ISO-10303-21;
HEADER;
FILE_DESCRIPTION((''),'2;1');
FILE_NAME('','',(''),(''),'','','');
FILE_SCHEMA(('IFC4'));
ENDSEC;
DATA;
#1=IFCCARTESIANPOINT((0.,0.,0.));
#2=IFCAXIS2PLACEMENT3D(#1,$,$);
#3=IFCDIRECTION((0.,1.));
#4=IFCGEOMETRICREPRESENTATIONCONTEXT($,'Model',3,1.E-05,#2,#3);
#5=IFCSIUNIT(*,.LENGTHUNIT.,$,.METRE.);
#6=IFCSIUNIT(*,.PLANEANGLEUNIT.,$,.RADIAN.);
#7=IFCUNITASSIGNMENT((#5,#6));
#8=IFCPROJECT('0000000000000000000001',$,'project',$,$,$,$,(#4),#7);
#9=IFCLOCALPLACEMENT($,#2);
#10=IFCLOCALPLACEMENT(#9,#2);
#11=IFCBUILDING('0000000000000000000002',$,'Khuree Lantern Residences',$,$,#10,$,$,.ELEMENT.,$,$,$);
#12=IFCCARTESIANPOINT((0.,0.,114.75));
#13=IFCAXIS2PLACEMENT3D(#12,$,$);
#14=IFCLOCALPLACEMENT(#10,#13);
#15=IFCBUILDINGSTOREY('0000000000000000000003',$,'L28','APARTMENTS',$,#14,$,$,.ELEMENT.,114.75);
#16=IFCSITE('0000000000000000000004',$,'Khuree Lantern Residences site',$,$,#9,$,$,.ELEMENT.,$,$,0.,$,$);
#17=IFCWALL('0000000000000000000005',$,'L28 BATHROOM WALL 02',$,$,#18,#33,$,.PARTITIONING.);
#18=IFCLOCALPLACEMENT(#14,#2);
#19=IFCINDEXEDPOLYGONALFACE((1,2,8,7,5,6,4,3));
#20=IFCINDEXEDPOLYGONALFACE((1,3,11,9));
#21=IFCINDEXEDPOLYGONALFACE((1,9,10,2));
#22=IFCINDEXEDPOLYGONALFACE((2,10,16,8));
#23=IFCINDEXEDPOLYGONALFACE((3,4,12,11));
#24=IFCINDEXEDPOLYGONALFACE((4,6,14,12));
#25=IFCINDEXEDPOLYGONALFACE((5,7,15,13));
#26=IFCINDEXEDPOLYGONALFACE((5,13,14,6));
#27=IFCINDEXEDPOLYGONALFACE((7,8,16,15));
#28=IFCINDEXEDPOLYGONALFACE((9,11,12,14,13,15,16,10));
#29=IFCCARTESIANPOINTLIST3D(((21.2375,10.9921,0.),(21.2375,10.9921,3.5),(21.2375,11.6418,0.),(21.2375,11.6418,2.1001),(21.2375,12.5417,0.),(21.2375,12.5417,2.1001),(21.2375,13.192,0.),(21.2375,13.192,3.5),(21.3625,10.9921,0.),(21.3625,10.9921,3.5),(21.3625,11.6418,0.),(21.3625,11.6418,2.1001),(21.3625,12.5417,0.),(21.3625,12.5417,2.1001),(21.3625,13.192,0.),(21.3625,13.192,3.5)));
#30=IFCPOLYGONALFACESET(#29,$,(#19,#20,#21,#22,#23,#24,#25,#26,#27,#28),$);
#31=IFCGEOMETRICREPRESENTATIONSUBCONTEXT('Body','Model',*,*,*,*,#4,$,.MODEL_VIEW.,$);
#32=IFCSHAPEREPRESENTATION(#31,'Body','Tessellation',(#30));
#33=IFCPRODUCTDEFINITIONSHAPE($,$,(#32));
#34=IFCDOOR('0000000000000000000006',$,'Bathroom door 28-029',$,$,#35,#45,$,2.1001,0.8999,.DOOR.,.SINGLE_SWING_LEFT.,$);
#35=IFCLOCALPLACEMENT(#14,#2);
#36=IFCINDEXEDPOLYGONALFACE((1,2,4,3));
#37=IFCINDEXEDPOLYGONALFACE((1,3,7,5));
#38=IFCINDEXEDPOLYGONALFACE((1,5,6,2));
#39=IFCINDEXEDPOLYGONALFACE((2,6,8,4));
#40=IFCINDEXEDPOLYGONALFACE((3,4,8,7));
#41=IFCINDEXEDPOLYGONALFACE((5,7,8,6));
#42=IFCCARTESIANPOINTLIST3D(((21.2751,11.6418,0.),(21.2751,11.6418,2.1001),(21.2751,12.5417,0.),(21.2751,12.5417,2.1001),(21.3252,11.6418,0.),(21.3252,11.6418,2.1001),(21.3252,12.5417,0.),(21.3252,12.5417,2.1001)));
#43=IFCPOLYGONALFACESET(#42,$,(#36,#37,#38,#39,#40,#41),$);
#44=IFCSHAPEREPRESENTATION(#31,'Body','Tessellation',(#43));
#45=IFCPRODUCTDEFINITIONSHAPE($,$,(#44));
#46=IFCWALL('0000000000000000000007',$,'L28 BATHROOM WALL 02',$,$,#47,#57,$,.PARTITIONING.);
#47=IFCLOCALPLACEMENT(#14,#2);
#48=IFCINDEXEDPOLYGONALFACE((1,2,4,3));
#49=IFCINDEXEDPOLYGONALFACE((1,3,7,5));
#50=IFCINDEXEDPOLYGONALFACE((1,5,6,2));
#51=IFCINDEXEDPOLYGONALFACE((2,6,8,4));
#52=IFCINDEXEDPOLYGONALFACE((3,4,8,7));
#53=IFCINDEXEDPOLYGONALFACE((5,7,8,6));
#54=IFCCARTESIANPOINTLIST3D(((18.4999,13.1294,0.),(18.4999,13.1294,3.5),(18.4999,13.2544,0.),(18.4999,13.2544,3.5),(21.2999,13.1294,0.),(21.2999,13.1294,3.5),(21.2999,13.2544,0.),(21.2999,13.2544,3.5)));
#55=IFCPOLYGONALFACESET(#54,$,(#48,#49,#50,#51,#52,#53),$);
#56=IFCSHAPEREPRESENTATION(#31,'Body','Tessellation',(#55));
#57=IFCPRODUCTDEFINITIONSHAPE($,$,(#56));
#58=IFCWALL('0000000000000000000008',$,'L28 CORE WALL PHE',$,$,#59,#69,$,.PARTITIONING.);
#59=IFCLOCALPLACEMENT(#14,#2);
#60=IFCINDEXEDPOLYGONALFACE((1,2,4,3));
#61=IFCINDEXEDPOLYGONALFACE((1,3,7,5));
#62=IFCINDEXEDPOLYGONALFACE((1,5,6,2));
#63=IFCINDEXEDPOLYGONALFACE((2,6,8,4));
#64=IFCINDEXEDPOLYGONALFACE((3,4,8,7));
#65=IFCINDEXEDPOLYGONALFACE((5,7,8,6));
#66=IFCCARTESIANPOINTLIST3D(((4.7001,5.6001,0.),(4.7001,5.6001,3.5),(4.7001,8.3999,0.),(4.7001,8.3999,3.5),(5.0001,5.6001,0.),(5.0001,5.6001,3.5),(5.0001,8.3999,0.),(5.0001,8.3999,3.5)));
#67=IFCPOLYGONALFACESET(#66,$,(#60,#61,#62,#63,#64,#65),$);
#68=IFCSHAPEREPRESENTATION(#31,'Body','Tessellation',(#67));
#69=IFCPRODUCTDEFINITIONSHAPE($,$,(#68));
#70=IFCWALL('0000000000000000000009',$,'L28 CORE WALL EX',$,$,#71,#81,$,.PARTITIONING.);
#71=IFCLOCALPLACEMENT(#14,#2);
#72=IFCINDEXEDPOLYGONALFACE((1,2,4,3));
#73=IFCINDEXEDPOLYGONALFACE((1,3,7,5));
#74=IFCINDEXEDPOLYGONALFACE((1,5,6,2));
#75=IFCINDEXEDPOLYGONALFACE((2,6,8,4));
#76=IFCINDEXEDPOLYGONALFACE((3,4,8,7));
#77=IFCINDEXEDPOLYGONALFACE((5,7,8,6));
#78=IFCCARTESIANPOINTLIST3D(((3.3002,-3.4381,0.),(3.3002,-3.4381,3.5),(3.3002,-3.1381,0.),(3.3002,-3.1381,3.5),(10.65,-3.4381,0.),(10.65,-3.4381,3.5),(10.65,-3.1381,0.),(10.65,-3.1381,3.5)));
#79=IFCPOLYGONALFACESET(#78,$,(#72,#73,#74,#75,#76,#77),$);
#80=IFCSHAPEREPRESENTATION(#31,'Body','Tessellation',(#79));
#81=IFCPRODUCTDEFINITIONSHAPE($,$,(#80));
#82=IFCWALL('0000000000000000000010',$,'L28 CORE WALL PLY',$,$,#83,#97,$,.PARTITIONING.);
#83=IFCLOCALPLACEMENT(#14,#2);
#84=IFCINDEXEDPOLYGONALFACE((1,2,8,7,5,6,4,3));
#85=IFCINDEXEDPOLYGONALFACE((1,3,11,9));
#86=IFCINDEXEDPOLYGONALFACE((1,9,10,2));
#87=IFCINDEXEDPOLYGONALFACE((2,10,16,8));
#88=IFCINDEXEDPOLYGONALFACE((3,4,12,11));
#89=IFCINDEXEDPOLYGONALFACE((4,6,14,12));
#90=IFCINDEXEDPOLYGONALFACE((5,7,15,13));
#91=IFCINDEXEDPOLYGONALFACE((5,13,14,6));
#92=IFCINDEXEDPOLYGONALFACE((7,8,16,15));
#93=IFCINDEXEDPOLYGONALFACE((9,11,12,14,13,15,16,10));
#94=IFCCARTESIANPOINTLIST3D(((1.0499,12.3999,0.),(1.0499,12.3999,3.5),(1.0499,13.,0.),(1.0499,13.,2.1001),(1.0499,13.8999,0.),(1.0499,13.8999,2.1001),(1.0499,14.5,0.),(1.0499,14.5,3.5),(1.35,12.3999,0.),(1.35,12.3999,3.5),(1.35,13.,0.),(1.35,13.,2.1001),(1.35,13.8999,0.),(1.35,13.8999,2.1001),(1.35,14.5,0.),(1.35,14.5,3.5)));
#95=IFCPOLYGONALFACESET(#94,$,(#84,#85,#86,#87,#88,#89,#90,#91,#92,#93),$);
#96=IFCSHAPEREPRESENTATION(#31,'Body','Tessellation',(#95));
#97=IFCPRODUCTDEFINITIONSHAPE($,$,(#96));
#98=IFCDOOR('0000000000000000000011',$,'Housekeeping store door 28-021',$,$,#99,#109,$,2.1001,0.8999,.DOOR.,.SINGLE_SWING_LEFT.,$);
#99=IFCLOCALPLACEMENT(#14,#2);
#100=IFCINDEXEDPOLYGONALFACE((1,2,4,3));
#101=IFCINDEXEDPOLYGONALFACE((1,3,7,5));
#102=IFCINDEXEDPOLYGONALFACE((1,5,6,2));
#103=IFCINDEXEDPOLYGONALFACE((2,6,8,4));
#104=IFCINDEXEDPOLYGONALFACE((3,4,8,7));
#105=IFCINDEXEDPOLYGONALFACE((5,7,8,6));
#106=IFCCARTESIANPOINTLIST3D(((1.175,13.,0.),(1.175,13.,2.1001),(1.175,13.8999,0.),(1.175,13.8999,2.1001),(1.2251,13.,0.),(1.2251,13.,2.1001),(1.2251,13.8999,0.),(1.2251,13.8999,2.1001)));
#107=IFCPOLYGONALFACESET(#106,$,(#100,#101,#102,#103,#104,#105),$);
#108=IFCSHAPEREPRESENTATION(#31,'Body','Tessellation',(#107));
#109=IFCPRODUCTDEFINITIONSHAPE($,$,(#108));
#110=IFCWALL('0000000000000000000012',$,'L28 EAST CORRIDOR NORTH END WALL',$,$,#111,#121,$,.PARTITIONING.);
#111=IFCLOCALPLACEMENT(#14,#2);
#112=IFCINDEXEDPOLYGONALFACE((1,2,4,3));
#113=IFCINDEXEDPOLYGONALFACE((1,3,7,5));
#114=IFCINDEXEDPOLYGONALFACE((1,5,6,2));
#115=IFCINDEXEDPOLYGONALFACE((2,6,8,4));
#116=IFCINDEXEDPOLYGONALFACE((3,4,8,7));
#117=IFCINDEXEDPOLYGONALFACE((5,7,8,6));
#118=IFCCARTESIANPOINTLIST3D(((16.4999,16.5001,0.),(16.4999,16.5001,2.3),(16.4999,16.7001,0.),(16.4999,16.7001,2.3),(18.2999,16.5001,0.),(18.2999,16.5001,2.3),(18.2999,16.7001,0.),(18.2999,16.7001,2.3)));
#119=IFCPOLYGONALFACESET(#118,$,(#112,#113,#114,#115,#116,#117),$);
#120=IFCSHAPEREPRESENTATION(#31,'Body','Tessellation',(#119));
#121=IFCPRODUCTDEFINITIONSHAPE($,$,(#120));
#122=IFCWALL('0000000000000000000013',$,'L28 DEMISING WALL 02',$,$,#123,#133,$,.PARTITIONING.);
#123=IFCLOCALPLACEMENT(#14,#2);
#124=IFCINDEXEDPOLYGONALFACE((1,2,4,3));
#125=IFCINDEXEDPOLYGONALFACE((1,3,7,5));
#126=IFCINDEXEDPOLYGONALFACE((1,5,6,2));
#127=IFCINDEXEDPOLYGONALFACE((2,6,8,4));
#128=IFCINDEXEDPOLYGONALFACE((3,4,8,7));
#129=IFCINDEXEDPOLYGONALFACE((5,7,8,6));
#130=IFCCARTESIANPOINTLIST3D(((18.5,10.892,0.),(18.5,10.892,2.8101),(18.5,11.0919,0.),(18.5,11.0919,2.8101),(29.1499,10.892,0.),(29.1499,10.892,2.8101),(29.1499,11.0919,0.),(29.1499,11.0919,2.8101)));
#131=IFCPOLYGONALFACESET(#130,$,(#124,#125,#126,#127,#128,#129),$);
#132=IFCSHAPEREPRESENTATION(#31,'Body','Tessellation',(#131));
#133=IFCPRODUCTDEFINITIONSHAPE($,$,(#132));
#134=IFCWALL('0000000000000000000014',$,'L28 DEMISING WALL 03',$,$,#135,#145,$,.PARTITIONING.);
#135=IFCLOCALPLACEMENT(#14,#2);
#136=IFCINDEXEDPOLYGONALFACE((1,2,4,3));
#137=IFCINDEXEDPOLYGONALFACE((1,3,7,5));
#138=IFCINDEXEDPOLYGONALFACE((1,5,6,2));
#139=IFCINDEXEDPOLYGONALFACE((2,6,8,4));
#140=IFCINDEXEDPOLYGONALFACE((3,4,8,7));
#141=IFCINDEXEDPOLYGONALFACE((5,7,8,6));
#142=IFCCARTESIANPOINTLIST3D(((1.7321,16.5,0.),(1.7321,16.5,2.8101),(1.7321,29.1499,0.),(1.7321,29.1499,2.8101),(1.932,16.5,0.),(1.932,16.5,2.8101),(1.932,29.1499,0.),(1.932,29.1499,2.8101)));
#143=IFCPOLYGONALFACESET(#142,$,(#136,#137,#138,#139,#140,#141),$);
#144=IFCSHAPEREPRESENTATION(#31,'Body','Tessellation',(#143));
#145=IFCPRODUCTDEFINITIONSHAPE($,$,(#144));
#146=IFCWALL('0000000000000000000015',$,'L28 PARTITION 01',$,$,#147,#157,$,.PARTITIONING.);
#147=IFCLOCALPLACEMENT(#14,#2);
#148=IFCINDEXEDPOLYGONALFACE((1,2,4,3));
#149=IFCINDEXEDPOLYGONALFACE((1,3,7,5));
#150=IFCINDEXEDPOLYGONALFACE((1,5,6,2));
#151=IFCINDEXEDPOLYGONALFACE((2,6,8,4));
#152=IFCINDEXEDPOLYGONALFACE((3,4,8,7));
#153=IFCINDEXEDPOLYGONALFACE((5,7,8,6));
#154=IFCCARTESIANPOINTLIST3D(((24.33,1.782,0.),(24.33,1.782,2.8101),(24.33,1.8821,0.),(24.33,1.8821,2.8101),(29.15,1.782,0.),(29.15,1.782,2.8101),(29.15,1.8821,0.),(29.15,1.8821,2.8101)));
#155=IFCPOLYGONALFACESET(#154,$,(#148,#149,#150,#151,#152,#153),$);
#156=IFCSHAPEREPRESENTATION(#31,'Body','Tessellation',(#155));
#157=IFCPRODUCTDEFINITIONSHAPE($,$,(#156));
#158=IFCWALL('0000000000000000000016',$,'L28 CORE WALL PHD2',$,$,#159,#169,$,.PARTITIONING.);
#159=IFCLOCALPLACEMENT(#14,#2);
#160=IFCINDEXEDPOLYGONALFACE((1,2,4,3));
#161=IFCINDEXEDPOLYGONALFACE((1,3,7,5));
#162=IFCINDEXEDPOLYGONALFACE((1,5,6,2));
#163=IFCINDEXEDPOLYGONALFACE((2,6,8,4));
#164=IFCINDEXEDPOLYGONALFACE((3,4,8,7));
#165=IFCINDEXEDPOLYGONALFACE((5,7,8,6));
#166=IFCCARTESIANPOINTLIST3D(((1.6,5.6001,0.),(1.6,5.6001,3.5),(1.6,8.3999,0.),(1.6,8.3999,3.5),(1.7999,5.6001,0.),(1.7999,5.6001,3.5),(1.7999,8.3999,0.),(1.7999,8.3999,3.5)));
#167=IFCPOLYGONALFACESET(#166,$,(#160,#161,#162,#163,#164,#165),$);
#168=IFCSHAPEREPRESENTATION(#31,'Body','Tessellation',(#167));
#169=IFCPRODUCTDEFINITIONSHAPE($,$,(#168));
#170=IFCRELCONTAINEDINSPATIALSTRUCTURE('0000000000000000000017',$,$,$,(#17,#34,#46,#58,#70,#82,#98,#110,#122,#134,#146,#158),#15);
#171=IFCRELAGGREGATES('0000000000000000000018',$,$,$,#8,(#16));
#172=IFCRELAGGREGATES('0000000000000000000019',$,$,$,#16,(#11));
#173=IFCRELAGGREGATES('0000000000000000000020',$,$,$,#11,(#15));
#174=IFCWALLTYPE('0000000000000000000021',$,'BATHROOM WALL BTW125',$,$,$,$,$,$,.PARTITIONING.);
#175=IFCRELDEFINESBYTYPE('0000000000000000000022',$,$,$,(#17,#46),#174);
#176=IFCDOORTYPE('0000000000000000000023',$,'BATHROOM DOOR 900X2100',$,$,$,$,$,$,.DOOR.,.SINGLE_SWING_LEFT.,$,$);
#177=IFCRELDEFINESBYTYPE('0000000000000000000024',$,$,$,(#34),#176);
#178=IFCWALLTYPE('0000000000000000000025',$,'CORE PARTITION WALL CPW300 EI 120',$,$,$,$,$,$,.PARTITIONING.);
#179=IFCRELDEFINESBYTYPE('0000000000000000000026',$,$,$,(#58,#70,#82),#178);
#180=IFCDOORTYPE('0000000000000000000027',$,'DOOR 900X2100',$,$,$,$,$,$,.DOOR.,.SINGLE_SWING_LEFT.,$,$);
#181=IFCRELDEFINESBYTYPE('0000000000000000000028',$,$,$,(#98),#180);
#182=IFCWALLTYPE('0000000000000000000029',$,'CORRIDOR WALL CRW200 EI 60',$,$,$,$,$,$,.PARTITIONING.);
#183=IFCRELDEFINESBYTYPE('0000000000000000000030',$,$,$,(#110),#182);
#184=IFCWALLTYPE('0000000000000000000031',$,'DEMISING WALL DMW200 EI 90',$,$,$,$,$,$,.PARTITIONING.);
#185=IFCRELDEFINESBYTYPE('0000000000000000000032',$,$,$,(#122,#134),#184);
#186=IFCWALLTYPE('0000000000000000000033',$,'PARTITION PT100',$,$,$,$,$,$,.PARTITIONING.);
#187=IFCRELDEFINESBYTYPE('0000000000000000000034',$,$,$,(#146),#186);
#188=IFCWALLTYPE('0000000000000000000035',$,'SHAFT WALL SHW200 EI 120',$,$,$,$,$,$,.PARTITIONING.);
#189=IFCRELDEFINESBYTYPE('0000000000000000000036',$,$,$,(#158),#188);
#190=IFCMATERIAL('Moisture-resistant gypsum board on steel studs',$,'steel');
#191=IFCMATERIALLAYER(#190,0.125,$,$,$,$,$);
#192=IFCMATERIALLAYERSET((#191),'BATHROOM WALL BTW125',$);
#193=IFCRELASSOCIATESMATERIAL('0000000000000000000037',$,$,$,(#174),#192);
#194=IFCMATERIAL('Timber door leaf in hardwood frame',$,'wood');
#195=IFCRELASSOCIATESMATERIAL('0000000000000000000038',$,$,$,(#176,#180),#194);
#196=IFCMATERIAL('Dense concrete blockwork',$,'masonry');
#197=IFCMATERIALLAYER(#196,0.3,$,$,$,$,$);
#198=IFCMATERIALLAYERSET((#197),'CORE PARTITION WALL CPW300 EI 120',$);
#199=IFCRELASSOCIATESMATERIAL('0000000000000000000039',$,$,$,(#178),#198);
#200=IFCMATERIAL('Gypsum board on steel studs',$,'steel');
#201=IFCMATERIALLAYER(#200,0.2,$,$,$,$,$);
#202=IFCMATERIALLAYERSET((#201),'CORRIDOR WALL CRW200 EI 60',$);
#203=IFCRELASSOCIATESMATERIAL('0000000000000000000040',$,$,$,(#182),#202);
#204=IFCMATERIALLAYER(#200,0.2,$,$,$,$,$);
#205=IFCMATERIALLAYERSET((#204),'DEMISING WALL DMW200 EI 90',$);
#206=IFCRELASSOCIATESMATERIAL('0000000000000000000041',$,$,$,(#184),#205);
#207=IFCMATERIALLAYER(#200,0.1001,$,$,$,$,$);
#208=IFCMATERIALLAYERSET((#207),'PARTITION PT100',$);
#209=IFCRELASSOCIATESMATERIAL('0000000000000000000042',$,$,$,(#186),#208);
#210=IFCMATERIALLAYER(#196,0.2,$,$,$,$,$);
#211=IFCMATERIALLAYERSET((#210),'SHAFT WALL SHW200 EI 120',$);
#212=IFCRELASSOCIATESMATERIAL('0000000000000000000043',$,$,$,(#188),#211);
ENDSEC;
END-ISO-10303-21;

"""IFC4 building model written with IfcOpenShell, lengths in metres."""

from ifc_helpers import new_model, si_unit, direction, frame, frame_2d, origin, place, context, subcontext, project, spatial, rectangle, extrude, material, layer, layer_set, type_object, element, fill, save


model = new_model("IFC4")

# Units and contexts
model_context = context("Model", 3, precision=1e-05, world=origin(), true_north=direction((0.0, 1.0)))
body_context = subcontext(model_context, "Body", "Model", "MODEL_VIEW")
ifc_project = project(units=[si_unit("LENGTHUNIT", "METRE"), si_unit("PLANEANGLEUNIT", "RADIAN")], contexts=[model_context])

# Site, building, storey
site_placement = place(None, origin())
site = spatial("IfcSite", under=ifc_project, at=site_placement, Name="Khuree Lantern Residences site", CompositionType="ELEMENT", RefElevation=0.0)
building_placement = place(site_placement, origin())
building = spatial("IfcBuilding", under=site, at=building_placement, Name="Khuree Lantern Residences", CompositionType="ELEMENT")
storey_placement = place(building_placement, frame((0.0, 0.0, 114.75)))
storey = spatial("IfcBuildingStorey", under=building, at=storey_placement, Name="L28", Description="APARTMENTS", CompositionType="ELEMENT", Elevation=114.75)

# Wall, opening, door
ifc_material_1 = material(Name="Moisture-resistant gypsum board on steel studs", Category="steel")
ifc_layer_1 = layer(ifc_material_1, 0.125)
ifc_layer_set_1 = layer_set([ifc_layer_1], Name="BATHROOM WALL BTW125")
wall_type_1 = type_object("IfcWallType", Name="BATHROOM WALL BTW125", PredefinedType="PARTITIONING", material=ifc_layer_set_1)
wall_1_placement = place(storey_placement, frame((21.3, 10.9919, 0.0), z_axis=(0.0, 0.0, 1.0), x_axis=(0.0, 1.0, 0.0)))
wall_1 = element("IfcWall", 1, at=wall_1_placement, inside=storey, type_object=wall_type_1, Name="L28 BATHROOM WALL 02", PredefinedType="PARTITIONING", context=body_context, shape_type="SweptSolid", body=[
    extrude(rectangle(XDim=2.2, YDim=0.125, at=frame_2d((1.1001, 0.0))), origin(), (0.0, 0.0, 1.0), 3.5),
])
opening_1_placement = place(wall_1_placement, frame((0.6499, 0.0, 0.0)))
opening_1 = element("IfcOpeningElement", 2, at=opening_1_placement, cuts=wall_1, PredefinedType="OPENING", context=body_context, shape_type="SweptSolid", body=[
    extrude(rectangle(XDim=0.8999, YDim=2.1001, at=frame_2d((0.45, 1.05))), frame((0.0, 0.0725, 0.0), z_axis=(0.0, -1.0, 0.0), x_axis=(1.0, 0.0, 0.0)), (0.0, 0.0, 1.0), 0.145),
])
ifc_material_2 = material(Name="Timber door leaf in hardwood frame", Category="wood")
door_type_1 = type_object("IfcDoorType", Name="BATHROOM DOOR 900X2100", OperationType="SINGLE_SWING_LEFT", PredefinedType="DOOR", material=ifc_material_2)
door_1_placement = place(opening_1_placement, origin())
door_1 = element("IfcDoor", 3, at=door_1_placement, inside=storey, type_object=door_type_1, Name="Bathroom door 28-029", OperationType="SINGLE_SWING_LEFT", OverallHeight=2.1001, OverallWidth=0.8999, PredefinedType="DOOR", context=body_context, shape_type="SweptSolid", body=[
    extrude(rectangle(XDim=0.8999, YDim=2.1001, at=frame_2d((0.45, 1.05))), frame((0.0, 0.0249, 0.0), z_axis=(0.0, -1.0, 0.0), x_axis=(1.0, 0.0, 0.0)), (0.0, 0.0, 1.0), 0.05),
])
fill(opening_1, door_1)

# Walls
wall_2_placement = place(storey_placement, frame((18.5, 13.1919, 0.0), z_axis=(0.0, 0.0, 1.0), x_axis=(1.0, 0.0, 0.0)))
element("IfcWall", 4, at=wall_2_placement, inside=storey, type_object=wall_type_1, Name="L28 BATHROOM WALL 02", PredefinedType="PARTITIONING", context=body_context, shape_type="SweptSolid", body=[
    extrude(rectangle(XDim=2.8, YDim=0.125, at=frame_2d((1.3999, 0.0))), origin(), (0.0, 0.0, 1.0), 3.5),
])
ifc_material_3 = material(Name="Dense concrete blockwork", Category="masonry")
ifc_layer_2 = layer(ifc_material_3, 0.3)
ifc_layer_set_2 = layer_set([ifc_layer_2], Name="CORE PARTITION WALL CPW300 EI 120")
wall_type_2 = type_object("IfcWallType", Name="CORE PARTITION WALL CPW300 EI 120", PredefinedType="PARTITIONING", material=ifc_layer_set_2)
wall_3_placement = place(storey_placement, frame((4.8501, 5.6001, 0.0), z_axis=(0.0, 0.0, 1.0), x_axis=(0.0, 1.0, 0.0)))
element("IfcWall", 5, at=wall_3_placement, inside=storey, type_object=wall_type_2, Name="L28 CORE WALL PHE", PredefinedType="PARTITIONING", context=body_context, shape_type="SweptSolid", body=[
    extrude(rectangle(XDim=2.7998, YDim=0.3, at=frame_2d((1.3999, 0.0))), origin(), (0.0, 0.0, 1.0), 3.5),
])
wall_4_placement = place(storey_placement, frame((10.6499, -3.2881, 0.0), z_axis=(0.0, 0.0, 1.0), x_axis=(-1.0, 0.0, 0.0)))
element("IfcWall", 6, at=wall_4_placement, inside=storey, type_object=wall_type_2, Name="L28 CORE WALL EX", PredefinedType="PARTITIONING", context=body_context, shape_type="SweptSolid", body=[
    extrude(rectangle(XDim=7.3499, YDim=0.3, at=frame_2d((3.6748, 0.0))), origin(), (0.0, 0.0, 1.0), 3.5),
])

# Wall, opening, door
wall_5_placement = place(storey_placement, frame((1.2, 12.3999, 0.0), z_axis=(0.0, 0.0, 1.0), x_axis=(0.0, 1.0, 0.0)))
wall_5 = element("IfcWall", 7, at=wall_5_placement, inside=storey, type_object=wall_type_2, Name="L28 CORE WALL PLY", PredefinedType="PARTITIONING", context=body_context, shape_type="SweptSolid", body=[
    extrude(rectangle(XDim=2.1001, YDim=0.3, at=frame_2d((1.05, 0.0))), origin(), (0.0, 0.0, 1.0), 3.5),
])
opening_2_placement = place(wall_5_placement, frame((0.6001, 0.0, 0.0)))
opening_2 = element("IfcOpeningElement", 8, at=opening_2_placement, cuts=wall_5, PredefinedType="OPENING", context=body_context, shape_type="SweptSolid", body=[
    extrude(rectangle(XDim=0.8999, YDim=2.1001, at=frame_2d((0.45, 1.05))), frame((0.0, 0.1602, 0.0), z_axis=(0.0, -1.0, 0.0), x_axis=(1.0, 0.0, 0.0)), (0.0, 0.0, 1.0), 0.3201),
])
door_type_2 = type_object("IfcDoorType", Name="DOOR 900X2100", OperationType="SINGLE_SWING_LEFT", PredefinedType="DOOR", material=ifc_material_2)
door_2_placement = place(opening_2_placement, origin())
door_2 = element("IfcDoor", 9, at=door_2_placement, inside=storey, type_object=door_type_2, Name="Housekeeping store door 28-021", OperationType="SINGLE_SWING_LEFT", OverallHeight=2.1001, OverallWidth=0.8999, PredefinedType="DOOR", context=body_context, shape_type="SweptSolid", body=[
    extrude(rectangle(XDim=0.8999, YDim=2.1001, at=frame_2d((0.45, 1.05))), frame((0.0, 0.0249, 0.0), z_axis=(0.0, -1.0, 0.0), x_axis=(1.0, 0.0, 0.0)), (0.0, 0.0, 1.0), 0.05),
])
fill(opening_2, door_2)

# Walls
ifc_material_4 = material(Name="Gypsum board on steel studs", Category="steel")
ifc_layer_3 = layer(ifc_material_4, 0.2)
ifc_layer_set_3 = layer_set([ifc_layer_3], Name="CORRIDOR WALL CRW200 EI 60")
wall_type_3 = type_object("IfcWallType", Name="CORRIDOR WALL CRW200 EI 60", PredefinedType="PARTITIONING", material=ifc_layer_set_3)
wall_6_placement = place(storey_placement, frame((16.5, 16.6001, 0.0), z_axis=(0.0, 0.0, 1.0), x_axis=(1.0, 0.0, 0.0)))
element("IfcWall", 10, at=wall_6_placement, inside=storey, type_object=wall_type_3, Name="L28 EAST CORRIDOR NORTH END WALL", PredefinedType="PARTITIONING", context=body_context, shape_type="SweptSolid", body=[
    extrude(rectangle(XDim=1.8, YDim=0.2, at=frame_2d((0.8999, 0.0))), origin(), (0.0, 0.0, 1.0), 2.3),
])
ifc_layer_4 = layer(ifc_material_4, 0.2)
ifc_layer_set_4 = layer_set([ifc_layer_4], Name="DEMISING WALL DMW200 EI 90")
wall_type_4 = type_object("IfcWallType", Name="DEMISING WALL DMW200 EI 90", PredefinedType="PARTITIONING", material=ifc_layer_set_4)
wall_7_placement = place(storey_placement, frame((18.5, 10.9919, 0.0), z_axis=(0.0, 0.0, 1.0), x_axis=(1.0, 0.0, 0.0)))
element("IfcWall", 11, at=wall_7_placement, inside=storey, type_object=wall_type_4, Name="L28 DEMISING WALL 02", PredefinedType="PARTITIONING", context=body_context, shape_type="SweptSolid", body=[
    extrude(rectangle(XDim=10.6499, YDim=0.2, at=frame_2d((5.325, 0.0))), origin(), (0.0, 0.0, 1.0), 2.8101),
])
wall_8_placement = place(storey_placement, frame((1.832, 16.5, 0.0), z_axis=(0.0, 0.0, 1.0), x_axis=(0.0, 1.0, 0.0)))
element("IfcWall", 12, at=wall_8_placement, inside=storey, type_object=wall_type_4, Name="L28 DEMISING WALL 03", PredefinedType="PARTITIONING", context=body_context, shape_type="SweptSolid", body=[
    extrude(rectangle(XDim=12.6499, YDim=0.2, at=frame_2d((6.325, 0.0))), origin(), (0.0, 0.0, 1.0), 2.8101),
])
ifc_layer_5 = layer(ifc_material_4, 0.1001)
ifc_layer_set_5 = layer_set([ifc_layer_5], Name="PARTITION PT100")
wall_type_5 = type_object("IfcWallType", Name="PARTITION PT100", PredefinedType="PARTITIONING", material=ifc_layer_set_5)
wall_9_placement = place(storey_placement, frame((24.3298, 1.832, 0.0), z_axis=(0.0, 0.0, 1.0), x_axis=(1.0, 0.0, 0.0)))
element("IfcWall", 13, at=wall_9_placement, inside=storey, type_object=wall_type_5, Name="L28 PARTITION 01", PredefinedType="PARTITIONING", context=body_context, shape_type="SweptSolid", body=[
    extrude(rectangle(XDim=4.8201, YDim=0.1001, at=frame_2d((2.4102, 0.0))), origin(), (0.0, 0.0, 1.0), 2.8101),
])
ifc_layer_6 = layer(ifc_material_3, 0.2)
ifc_layer_set_6 = layer_set([ifc_layer_6], Name="SHAFT WALL SHW200 EI 120")
wall_type_6 = type_object("IfcWallType", Name="SHAFT WALL SHW200 EI 120", PredefinedType="PARTITIONING", material=ifc_layer_set_6)
wall_10_placement = place(storey_placement, frame((1.7, 5.6001, 0.0), z_axis=(0.0, 0.0, 1.0), x_axis=(0.0, 1.0, 0.0)))
element("IfcWall", 14, at=wall_10_placement, inside=storey, type_object=wall_type_6, Name="L28 CORE WALL PHD2", PredefinedType="PARTITIONING", context=body_context, shape_type="SweptSolid", body=[
    extrude(rectangle(XDim=2.7998, YDim=0.2, at=frame_2d((1.3999, 0.0))), origin(), (0.0, 0.0, 1.0), 3.5),
])

save(model, "model.ifc")
